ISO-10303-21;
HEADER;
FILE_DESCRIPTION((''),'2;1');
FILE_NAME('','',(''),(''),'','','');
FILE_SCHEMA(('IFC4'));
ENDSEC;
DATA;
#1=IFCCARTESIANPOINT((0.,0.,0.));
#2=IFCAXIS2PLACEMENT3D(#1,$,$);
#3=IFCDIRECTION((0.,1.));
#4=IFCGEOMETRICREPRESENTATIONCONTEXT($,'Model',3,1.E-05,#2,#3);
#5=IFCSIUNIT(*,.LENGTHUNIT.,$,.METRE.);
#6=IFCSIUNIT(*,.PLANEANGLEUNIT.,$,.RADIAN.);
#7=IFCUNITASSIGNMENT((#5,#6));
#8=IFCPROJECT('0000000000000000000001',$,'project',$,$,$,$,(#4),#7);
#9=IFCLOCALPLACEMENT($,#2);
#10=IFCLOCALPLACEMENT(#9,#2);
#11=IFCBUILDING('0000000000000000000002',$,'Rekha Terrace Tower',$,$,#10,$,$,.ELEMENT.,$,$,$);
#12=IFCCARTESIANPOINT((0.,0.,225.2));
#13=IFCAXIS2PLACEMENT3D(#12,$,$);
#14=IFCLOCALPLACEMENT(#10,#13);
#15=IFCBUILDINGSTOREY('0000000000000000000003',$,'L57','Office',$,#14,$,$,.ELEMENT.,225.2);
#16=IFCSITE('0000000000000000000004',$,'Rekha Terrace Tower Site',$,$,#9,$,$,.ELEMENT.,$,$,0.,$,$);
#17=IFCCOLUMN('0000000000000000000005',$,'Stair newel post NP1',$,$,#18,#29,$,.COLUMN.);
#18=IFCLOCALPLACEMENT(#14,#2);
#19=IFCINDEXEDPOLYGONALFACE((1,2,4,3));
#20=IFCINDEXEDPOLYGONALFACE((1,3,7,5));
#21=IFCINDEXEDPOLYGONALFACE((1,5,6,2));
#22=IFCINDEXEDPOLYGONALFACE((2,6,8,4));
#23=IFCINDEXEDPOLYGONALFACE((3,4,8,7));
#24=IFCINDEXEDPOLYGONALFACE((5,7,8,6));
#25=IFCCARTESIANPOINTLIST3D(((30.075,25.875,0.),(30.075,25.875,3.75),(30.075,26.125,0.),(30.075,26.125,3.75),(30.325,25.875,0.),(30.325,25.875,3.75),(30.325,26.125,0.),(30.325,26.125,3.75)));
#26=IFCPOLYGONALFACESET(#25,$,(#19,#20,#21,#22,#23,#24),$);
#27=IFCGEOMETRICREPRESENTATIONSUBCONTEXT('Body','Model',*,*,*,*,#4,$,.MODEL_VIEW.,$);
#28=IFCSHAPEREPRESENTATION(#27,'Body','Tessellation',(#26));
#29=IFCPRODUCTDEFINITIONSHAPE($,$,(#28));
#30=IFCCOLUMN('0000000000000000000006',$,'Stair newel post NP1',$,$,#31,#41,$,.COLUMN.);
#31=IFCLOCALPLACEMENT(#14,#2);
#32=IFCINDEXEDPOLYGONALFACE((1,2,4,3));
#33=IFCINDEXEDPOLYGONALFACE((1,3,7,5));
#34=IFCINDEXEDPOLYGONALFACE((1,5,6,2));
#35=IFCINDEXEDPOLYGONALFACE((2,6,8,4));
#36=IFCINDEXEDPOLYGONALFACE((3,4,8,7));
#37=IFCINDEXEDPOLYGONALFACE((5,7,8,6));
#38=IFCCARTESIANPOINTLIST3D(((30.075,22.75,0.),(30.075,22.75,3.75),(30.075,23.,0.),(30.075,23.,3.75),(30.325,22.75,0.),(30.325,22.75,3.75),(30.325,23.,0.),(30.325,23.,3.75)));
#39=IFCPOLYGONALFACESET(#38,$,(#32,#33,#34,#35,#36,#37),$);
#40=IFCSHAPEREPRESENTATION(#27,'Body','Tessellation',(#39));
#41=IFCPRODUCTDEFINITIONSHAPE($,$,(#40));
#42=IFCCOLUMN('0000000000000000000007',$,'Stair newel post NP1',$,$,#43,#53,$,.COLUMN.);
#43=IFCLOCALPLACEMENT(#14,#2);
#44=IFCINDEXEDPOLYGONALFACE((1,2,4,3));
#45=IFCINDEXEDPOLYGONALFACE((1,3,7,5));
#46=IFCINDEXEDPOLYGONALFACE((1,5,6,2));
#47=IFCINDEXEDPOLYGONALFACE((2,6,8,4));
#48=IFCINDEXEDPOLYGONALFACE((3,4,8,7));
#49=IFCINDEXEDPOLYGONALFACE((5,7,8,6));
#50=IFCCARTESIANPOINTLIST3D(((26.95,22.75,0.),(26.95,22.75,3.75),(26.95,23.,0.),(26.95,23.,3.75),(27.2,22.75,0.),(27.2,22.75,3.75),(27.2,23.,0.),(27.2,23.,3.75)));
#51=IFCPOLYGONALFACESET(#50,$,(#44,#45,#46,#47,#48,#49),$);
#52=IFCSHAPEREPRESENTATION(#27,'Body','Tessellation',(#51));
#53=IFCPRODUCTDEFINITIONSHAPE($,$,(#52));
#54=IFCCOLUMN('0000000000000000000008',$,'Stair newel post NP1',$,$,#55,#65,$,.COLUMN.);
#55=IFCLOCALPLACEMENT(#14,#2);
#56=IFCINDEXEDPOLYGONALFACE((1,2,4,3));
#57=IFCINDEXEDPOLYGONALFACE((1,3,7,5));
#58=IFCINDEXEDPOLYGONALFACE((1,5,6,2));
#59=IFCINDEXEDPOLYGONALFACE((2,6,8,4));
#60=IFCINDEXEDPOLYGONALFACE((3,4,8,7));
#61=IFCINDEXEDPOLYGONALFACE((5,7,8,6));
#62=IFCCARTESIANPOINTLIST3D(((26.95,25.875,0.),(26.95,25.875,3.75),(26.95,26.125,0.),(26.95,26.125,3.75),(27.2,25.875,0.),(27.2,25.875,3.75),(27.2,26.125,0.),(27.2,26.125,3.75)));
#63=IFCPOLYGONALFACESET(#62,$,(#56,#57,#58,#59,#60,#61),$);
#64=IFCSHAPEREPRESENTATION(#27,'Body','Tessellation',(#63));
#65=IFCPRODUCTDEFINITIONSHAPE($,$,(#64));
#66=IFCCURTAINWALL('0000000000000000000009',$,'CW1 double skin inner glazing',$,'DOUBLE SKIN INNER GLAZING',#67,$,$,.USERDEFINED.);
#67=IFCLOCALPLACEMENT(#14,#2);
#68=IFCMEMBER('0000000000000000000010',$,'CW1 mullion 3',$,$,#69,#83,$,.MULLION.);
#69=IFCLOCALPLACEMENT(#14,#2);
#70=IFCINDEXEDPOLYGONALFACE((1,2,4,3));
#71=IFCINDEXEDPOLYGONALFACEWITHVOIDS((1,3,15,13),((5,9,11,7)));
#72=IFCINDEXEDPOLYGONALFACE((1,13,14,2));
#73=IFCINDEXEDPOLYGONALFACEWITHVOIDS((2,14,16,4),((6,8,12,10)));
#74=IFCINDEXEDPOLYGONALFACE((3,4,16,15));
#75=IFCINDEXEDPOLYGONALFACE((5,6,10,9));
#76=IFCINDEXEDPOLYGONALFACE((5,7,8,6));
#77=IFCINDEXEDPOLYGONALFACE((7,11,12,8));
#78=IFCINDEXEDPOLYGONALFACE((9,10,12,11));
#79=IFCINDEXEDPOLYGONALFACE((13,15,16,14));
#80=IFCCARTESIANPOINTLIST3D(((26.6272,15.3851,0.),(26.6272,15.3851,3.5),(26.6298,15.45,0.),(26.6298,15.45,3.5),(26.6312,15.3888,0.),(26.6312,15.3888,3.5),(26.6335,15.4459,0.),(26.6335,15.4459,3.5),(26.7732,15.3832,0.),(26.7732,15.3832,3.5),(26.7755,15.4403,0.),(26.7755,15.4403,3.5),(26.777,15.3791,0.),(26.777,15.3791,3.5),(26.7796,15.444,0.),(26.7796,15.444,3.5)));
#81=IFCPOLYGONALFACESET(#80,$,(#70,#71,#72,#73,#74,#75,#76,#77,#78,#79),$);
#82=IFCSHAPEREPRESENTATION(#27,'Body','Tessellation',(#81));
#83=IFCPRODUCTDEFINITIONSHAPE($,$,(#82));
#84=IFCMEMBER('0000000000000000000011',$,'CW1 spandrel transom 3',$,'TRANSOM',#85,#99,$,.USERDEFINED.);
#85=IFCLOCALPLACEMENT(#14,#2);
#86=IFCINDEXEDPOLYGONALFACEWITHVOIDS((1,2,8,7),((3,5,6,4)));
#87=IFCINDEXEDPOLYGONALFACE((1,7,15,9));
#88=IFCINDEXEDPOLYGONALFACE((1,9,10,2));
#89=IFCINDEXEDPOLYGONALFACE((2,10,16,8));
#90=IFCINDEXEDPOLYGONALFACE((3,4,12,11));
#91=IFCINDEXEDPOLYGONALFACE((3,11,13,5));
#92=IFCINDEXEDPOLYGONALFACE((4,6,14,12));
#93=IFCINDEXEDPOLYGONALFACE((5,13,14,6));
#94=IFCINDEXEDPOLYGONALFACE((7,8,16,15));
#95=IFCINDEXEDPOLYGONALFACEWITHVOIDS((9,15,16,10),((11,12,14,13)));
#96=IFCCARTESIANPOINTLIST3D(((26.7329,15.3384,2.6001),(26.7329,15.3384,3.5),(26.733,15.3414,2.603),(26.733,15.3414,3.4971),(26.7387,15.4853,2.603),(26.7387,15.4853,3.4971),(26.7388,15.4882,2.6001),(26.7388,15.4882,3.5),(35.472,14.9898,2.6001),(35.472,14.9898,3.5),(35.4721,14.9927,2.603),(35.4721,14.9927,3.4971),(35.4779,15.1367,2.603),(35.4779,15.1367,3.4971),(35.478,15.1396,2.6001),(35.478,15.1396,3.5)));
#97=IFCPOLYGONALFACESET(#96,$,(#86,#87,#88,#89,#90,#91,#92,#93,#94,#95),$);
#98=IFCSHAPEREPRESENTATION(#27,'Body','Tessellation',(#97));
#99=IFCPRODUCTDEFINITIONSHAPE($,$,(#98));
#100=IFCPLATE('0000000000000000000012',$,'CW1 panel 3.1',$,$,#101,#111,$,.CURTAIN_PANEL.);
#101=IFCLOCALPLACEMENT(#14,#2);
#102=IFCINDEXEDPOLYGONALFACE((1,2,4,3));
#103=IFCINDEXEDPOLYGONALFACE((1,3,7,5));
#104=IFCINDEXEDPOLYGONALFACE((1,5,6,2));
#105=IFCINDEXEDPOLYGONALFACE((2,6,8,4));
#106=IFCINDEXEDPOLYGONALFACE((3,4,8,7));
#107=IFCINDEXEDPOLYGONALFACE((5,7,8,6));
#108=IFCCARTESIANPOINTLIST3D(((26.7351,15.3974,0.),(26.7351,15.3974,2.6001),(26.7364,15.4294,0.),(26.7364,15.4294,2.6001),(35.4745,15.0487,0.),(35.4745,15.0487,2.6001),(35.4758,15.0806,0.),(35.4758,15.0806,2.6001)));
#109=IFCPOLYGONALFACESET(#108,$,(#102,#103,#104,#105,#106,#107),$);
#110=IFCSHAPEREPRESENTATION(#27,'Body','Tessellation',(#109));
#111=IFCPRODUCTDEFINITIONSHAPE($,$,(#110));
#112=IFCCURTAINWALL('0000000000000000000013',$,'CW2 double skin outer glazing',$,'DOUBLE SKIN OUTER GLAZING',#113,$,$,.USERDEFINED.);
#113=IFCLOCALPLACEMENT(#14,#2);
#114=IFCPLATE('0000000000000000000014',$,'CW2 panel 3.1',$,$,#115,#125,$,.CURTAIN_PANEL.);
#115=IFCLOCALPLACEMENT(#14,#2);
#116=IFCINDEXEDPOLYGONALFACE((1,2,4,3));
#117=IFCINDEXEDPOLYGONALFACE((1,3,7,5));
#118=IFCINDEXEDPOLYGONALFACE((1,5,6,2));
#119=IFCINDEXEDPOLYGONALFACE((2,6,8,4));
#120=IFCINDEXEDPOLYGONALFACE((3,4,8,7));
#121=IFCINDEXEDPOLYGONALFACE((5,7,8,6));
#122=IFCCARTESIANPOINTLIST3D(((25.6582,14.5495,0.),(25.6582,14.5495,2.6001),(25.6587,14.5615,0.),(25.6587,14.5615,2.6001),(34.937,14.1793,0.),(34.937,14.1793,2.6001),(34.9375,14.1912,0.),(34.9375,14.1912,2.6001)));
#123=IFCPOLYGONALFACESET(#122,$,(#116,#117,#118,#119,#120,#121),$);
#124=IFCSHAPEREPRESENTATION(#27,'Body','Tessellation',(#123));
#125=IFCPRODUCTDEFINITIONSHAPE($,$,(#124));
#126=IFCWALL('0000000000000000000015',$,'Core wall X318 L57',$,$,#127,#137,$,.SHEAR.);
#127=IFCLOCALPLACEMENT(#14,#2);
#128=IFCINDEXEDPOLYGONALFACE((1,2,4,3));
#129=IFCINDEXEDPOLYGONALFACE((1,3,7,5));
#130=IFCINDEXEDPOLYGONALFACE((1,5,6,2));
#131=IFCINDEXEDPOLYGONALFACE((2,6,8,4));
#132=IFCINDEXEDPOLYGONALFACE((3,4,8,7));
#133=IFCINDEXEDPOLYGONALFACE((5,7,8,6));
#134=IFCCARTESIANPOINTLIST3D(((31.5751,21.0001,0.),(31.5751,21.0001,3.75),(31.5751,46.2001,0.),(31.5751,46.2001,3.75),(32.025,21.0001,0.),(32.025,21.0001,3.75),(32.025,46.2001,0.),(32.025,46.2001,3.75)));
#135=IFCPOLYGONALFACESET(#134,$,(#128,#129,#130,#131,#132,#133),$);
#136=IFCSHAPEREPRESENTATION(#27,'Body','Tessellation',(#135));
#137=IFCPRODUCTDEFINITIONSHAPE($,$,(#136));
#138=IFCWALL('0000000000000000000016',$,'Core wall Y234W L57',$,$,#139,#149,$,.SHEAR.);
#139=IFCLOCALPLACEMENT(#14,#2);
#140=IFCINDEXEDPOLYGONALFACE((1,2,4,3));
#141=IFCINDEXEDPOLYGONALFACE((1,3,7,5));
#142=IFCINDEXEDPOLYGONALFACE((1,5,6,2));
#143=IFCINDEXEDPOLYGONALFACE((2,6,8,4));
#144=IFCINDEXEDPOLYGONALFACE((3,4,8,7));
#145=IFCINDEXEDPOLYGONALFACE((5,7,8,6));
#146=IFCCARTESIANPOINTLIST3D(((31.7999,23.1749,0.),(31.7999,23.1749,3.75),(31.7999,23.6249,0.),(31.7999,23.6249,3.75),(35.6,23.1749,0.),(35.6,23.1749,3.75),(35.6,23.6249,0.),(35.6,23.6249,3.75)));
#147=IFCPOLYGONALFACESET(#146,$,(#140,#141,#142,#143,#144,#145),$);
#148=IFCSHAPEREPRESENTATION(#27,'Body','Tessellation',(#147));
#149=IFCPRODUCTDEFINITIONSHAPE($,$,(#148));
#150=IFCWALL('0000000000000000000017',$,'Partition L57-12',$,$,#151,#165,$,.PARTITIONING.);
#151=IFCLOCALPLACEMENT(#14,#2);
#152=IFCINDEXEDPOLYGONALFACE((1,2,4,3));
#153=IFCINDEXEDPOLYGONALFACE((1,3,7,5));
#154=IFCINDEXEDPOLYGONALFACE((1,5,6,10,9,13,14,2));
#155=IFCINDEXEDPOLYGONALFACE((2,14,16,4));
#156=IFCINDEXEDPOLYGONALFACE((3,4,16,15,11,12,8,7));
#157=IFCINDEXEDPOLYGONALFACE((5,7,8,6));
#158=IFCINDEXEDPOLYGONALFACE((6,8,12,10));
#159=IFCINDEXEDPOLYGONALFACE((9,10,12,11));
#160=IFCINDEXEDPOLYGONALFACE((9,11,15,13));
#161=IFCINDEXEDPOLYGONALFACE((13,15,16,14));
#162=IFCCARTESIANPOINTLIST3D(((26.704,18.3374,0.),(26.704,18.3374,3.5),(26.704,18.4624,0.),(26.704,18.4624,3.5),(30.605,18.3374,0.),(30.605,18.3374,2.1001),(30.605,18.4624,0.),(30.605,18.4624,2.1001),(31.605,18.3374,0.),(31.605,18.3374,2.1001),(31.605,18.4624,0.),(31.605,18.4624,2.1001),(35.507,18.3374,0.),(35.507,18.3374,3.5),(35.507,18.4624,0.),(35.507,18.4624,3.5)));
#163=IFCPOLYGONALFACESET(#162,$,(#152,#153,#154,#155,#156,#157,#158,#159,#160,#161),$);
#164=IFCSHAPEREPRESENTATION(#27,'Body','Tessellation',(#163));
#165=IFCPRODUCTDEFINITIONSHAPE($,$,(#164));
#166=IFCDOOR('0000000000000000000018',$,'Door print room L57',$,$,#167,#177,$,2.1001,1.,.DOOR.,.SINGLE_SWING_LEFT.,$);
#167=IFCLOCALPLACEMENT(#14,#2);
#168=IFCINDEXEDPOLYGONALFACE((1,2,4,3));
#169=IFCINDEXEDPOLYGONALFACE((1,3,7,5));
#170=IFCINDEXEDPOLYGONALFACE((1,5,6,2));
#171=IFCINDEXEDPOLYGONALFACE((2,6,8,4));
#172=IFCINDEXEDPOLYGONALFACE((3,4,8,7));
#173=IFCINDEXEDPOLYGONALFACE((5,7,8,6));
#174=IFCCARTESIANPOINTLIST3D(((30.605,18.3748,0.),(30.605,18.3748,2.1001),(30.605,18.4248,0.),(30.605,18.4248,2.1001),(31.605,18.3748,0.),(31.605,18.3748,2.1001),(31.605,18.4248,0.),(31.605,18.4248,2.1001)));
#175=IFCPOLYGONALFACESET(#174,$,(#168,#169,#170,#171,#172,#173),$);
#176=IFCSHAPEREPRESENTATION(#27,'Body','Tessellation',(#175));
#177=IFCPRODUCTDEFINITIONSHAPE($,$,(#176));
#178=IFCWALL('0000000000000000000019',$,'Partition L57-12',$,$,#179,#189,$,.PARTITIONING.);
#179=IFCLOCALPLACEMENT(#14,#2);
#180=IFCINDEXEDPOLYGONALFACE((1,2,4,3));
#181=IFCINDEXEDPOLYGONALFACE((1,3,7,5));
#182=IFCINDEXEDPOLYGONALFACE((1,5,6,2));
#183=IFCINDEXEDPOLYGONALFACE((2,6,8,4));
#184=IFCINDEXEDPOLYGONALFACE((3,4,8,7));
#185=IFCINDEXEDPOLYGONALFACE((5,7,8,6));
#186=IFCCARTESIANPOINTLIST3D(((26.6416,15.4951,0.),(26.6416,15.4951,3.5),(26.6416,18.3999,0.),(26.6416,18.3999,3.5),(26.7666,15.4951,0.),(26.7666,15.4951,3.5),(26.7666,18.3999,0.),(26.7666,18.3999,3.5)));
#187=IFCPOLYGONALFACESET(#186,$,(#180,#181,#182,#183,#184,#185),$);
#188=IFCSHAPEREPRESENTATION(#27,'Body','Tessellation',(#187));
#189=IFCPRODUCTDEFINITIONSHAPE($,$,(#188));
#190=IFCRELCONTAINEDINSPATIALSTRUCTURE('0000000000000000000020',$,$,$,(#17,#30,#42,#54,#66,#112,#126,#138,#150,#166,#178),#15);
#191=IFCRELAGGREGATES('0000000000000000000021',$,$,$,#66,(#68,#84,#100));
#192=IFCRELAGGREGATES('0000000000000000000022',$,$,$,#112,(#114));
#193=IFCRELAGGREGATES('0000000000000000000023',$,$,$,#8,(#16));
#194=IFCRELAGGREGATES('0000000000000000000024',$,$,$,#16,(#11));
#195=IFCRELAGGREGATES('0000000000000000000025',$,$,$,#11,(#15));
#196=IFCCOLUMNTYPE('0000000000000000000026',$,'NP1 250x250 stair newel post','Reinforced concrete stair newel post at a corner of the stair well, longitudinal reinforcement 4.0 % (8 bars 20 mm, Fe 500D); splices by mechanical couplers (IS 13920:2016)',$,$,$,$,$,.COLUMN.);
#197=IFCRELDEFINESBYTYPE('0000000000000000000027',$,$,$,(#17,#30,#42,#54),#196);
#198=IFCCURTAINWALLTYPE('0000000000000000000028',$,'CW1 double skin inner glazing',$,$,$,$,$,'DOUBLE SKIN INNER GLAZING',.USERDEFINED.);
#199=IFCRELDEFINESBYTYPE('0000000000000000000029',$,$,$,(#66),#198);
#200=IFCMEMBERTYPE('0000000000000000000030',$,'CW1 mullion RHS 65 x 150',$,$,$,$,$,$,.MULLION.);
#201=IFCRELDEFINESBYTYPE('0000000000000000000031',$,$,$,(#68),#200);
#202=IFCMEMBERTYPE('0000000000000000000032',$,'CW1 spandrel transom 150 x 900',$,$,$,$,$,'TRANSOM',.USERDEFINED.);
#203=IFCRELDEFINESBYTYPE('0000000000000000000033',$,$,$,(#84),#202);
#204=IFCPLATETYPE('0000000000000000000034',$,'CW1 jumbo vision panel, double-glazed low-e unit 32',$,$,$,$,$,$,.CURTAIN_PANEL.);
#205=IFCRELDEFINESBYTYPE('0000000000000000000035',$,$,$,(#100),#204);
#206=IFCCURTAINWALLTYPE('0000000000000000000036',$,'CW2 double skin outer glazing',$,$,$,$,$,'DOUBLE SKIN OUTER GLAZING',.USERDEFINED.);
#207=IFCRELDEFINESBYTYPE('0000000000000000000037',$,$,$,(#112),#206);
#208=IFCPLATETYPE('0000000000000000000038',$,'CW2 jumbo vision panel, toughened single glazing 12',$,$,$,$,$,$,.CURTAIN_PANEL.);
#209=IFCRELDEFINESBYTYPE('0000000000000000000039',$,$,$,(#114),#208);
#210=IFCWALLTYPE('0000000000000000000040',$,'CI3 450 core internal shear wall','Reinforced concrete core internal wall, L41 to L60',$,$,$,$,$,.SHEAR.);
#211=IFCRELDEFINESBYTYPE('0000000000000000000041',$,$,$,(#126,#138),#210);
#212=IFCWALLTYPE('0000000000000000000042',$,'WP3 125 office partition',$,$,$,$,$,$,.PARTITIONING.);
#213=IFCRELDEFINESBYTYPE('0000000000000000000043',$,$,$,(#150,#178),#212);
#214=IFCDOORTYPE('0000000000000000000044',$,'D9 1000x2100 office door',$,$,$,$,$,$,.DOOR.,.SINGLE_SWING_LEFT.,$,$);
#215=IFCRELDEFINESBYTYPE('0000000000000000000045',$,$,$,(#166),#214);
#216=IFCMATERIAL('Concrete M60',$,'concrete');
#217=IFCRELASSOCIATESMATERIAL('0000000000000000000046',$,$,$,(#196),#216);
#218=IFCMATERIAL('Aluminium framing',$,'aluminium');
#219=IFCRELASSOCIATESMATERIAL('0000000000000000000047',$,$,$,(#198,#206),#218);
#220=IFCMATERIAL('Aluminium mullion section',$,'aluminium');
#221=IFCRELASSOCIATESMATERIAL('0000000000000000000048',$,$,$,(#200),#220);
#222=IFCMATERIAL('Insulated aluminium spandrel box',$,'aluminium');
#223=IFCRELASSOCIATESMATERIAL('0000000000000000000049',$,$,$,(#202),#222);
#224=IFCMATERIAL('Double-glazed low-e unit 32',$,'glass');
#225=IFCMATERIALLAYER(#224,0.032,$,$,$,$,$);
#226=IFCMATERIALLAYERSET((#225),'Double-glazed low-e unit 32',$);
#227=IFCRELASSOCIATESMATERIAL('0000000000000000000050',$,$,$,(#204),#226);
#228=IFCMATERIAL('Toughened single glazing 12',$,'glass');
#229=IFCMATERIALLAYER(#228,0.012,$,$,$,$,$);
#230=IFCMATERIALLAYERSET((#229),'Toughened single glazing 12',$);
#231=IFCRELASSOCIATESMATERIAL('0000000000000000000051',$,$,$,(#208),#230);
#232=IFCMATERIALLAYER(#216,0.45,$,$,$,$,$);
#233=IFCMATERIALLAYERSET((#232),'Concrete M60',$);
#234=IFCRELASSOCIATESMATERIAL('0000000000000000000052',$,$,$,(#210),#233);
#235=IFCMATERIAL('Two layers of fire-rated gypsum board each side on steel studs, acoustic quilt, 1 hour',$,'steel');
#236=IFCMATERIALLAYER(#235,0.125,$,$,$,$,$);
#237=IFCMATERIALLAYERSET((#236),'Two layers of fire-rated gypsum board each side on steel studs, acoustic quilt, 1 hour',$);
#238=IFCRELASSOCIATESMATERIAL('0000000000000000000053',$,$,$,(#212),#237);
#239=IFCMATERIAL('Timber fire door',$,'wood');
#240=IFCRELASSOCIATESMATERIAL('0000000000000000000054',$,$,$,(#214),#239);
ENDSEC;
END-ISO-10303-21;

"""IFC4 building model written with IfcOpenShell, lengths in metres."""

from ifc_helpers import new_model, si_unit, direction, frame, frame_2d, origin, origin_2d, place, context, subcontext, project, spatial, rectangle, hollow_rectangle, extrude, material, layer, layer_set, material_profile, profile_set, type_object, element, fill, aggregate, save


model = new_model("IFC4")

# Units and contexts
model_context = context("Model", 3, precision=1e-05, world=origin(), true_north=direction((0.0, 1.0)))
body_context = subcontext(model_context, "Body", "Model", "MODEL_VIEW")
ifc_project = project(units=[si_unit("LENGTHUNIT", "METRE"), si_unit("PLANEANGLEUNIT", "RADIAN")], contexts=[model_context])

# Site, building, storey
site_placement = place(None, origin())
site = spatial("IfcSite", under=ifc_project, at=site_placement, Name="Rekha Terrace Tower Site", CompositionType="ELEMENT", RefElevation=0.0)
building_placement = place(site_placement, origin())
building = spatial("IfcBuilding", under=site, at=building_placement, Name="Rekha Terrace Tower", CompositionType="ELEMENT")
storey_placement = place(building_placement, frame((0.0, 0.0, 225.2)))
storey = spatial("IfcBuildingStorey", under=building, at=storey_placement, Name="L57", Description="Office", CompositionType="ELEMENT", Elevation=225.2)

# Columns
ifc_material_1 = material(Name="Concrete M60", Category="concrete")
ifc_material_profile_1 = material_profile(ifc_material_1, rectangle(XDim=0.25, YDim=0.25, at=origin_2d()), Name="RC 250x250")
ifc_profile_set_1 = profile_set([ifc_material_profile_1], Name="Concrete M60")
column_type = type_object("IfcColumnType", Name="NP1 250x250 stair newel post", Description="Reinforced concrete stair newel post at a corner of the stair well, longitudinal reinforcement 4.0 % (8 bars 20 mm, Fe 500D); splices by mechanical couplers (IS 13920:2016)", PredefinedType="COLUMN", material=ifc_profile_set_1)
for number, where, z_axis, x_axis, name in (
    (1, (30.2, 26.0, 0.0), (0.0, 0.0, 1.0), (1.0, 0.0, 0.0), "Stair newel post NP1"),
    (2, (30.2, 22.875, 0.0), (0.0, 0.0, 1.0), (1.0, 0.0, 0.0), "Stair newel post NP1"),
    (3, (27.075, 22.875, 0.0), (0.0, 0.0, 1.0), (1.0, 0.0, 0.0), "Stair newel post NP1"),
    (4, (27.075, 26.0, 0.0), (0.0, 0.0, 1.0), (1.0, 0.0, 0.0), "Stair newel post NP1"),
):
    element("IfcColumn", number, at=place(storey_placement, frame(where, z_axis=z_axis, x_axis=x_axis)), inside=storey, type_object=column_type, Name=name, PredefinedType="COLUMN", context=body_context, shape_type="SweptSolid", body=[
        extrude(rectangle(XDim=0.25, YDim=0.25, at=origin_2d()), origin(), (0.0, 0.0, 1.0), 3.75),
    ])

# Curtain wall, members, plate
ifc_material_2 = material(Name="Aluminium framing", Category="aluminium")
curtain_wall_type_1 = type_object("IfcCurtainWallType", Name="CW1 double skin inner glazing", ElementType="DOUBLE SKIN INNER GLAZING", PredefinedType="USERDEFINED", material=ifc_material_2)
curtain_wall_1_placement = place(storey_placement, origin())
curtain_wall_1 = element("IfcCurtainWall", 5, at=curtain_wall_1_placement, inside=storey, type_object=curtain_wall_type_1, Name="CW1 double skin inner glazing", ObjectType="DOUBLE SKIN INNER GLAZING", PredefinedType="USERDEFINED")
ifc_material_3 = material(Name="Aluminium mullion section", Category="aluminium")
ifc_material_profile_2 = material_profile(ifc_material_3, hollow_rectangle(XDim=0.0649, YDim=0.1499, WallThickness=0.0039, at=origin_2d()), Name="AL RHS 65x150")
ifc_profile_set_2 = profile_set([ifc_material_profile_2], Name="Aluminium mullion section")
member_type_1 = type_object("IfcMemberType", Name="CW1 mullion RHS 65 x 150", PredefinedType="MULLION", material=ifc_profile_set_2)
member_1_placement = place(storey_placement, frame((26.7034, 15.4146, 0.0), z_axis=(0.0, 0.0, 1.0), x_axis=(0.039872, 0.999205, 0.0)))
member_1 = element("IfcMember", 6, at=member_1_placement, type_object=member_type_1, Name="CW1 mullion 3", PredefinedType="MULLION", context=body_context, shape_type="SweptSolid", body=[
    extrude(hollow_rectangle(XDim=0.0649, YDim=0.1499, WallThickness=0.0039, at=origin_2d()), origin(), (0.0, 0.0, 1.0), 3.5),
])
ifc_material_4 = material(Name="Insulated aluminium spandrel box", Category="aluminium")
ifc_material_profile_3 = material_profile(ifc_material_4, hollow_rectangle(XDim=0.1499, YDim=0.8999, WallThickness=0.0029, at=origin_2d()), Name="AL SPANDREL BOX 150x900")
ifc_profile_set_3 = profile_set([ifc_material_profile_3], Name="Insulated aluminium spandrel box")
member_type_2 = type_object("IfcMemberType", Name="CW1 spandrel transom 150 x 900", ElementType="TRANSOM", PredefinedType="USERDEFINED", material=ifc_profile_set_3)
member_2_placement = place(storey_placement, frame((26.7358, 15.4133, 3.05), z_axis=(0.999205, -0.039861, 0.0), x_axis=(0.039861, 0.999205, 0.0)))
member_2 = element("IfcMember", 7, at=member_2_placement, type_object=member_type_2, Name="CW1 spandrel transom 3", ObjectType="TRANSOM", PredefinedType="USERDEFINED", context=body_context, shape_type="SweptSolid", body=[
    extrude(hollow_rectangle(XDim=0.1499, YDim=0.8999, WallThickness=0.0029, at=origin_2d()), origin(), (0.0, 0.0, 1.0), 8.7461),
])
ifc_material_5 = material(Name="Double-glazed low-e unit 32", Category="glass")
ifc_layer_1 = layer(ifc_material_5, 0.032)
ifc_layer_set_1 = layer_set([ifc_layer_1], Name="Double-glazed low-e unit 32")
plate_type_1 = type_object("IfcPlateType", Name="CW1 jumbo vision panel, double-glazed low-e unit 32", PredefinedType="CURTAIN_PANEL", material=ifc_layer_set_1)
plate_1_placement = place(storey_placement, frame((31.1055, 15.239, 0.0), z_axis=(0.0, 0.0, 1.0), x_axis=(0.999205, -0.039872, 0.0)))
plate_1 = element("IfcPlate", 8, at=plate_1_placement, type_object=plate_type_1, Name="CW1 panel 3.1", PredefinedType="CURTAIN_PANEL", context=body_context, shape_type="SweptSolid", body=[
    extrude(rectangle(XDim=8.7463, YDim=0.032, at=origin_2d()), origin(), (0.0, 0.0, 1.0), 2.6001),
])
aggregate(curtain_wall_1, [member_1, member_2, plate_1])

# Curtain wall, plate
curtain_wall_type_2 = type_object("IfcCurtainWallType", Name="CW2 double skin outer glazing", ElementType="DOUBLE SKIN OUTER GLAZING", PredefinedType="USERDEFINED", material=ifc_material_2)
curtain_wall_2_placement = place(storey_placement, origin())
curtain_wall_2 = element("IfcCurtainWall", 9, at=curtain_wall_2_placement, inside=storey, type_object=curtain_wall_type_2, Name="CW2 double skin outer glazing", ObjectType="DOUBLE SKIN OUTER GLAZING", PredefinedType="USERDEFINED")
ifc_material_6 = material(Name="Toughened single glazing 12", Category="glass")
ifc_layer_2 = layer(ifc_material_6, 0.012)
ifc_layer_set_2 = layer_set([ifc_layer_2], Name="Toughened single glazing 12")
plate_type_2 = type_object("IfcPlateType", Name="CW2 jumbo vision panel, toughened single glazing 12", PredefinedType="CURTAIN_PANEL", material=ifc_layer_set_2)
plate_2_placement = place(storey_placement, frame((30.2979, 14.3704, 0.0), z_axis=(0.0, 0.0, 1.0), x_axis=(0.999205, -0.039872, 0.0)))
plate_2 = element("IfcPlate", 10, at=plate_2_placement, type_object=plate_type_2, Name="CW2 panel 3.1", PredefinedType="CURTAIN_PANEL", context=body_context, shape_type="SweptSolid", body=[
    extrude(rectangle(XDim=9.2861, YDim=0.012, at=origin_2d()), origin(), (0.0, 0.0, 1.0), 2.6001),
])
aggregate(curtain_wall_2, [plate_2])

# Walls
ifc_layer_3 = layer(ifc_material_1, 0.45)
ifc_layer_set_3 = layer_set([ifc_layer_3], Name="Concrete M60")
wall_type_1 = type_object("IfcWallType", Name="CI3 450 core internal shear wall", Description="Reinforced concrete core internal wall, L41 to L60", PredefinedType="SHEAR", material=ifc_layer_set_3)
wall_1_placement = place(storey_placement, frame((31.8, 21.0, 0.0), z_axis=(0.0, 0.0, 1.0), x_axis=(0.0, 1.0, 0.0)))
element("IfcWall", 11, at=wall_1_placement, inside=storey, type_object=wall_type_1, Name="Core wall X318 L57", PredefinedType="SHEAR", context=body_context, shape_type="SweptSolid", body=[
    extrude(rectangle(XDim=25.2, YDim=0.45, at=frame_2d((12.6001, 0.0))), origin(), (0.0, 0.0, 1.0), 3.75),
])
wall_2_placement = place(storey_placement, frame((31.8, 23.3999, 0.0), z_axis=(0.0, 0.0, 1.0), x_axis=(1.0, 0.0, 0.0)))
element("IfcWall", 12, at=wall_2_placement, inside=storey, type_object=wall_type_1, Name="Core wall Y234W L57", PredefinedType="SHEAR", context=body_context, shape_type="SweptSolid", body=[
    extrude(rectangle(XDim=3.8, YDim=0.45, at=frame_2d((1.8999, 0.0))), origin(), (0.0, 0.0, 1.0), 3.75),
])

# Wall, opening, door
ifc_material_7 = material(Name="Two layers of fire-rated gypsum board each side on steel studs, acoustic quilt, 1 hour", Category="steel")
ifc_layer_4 = layer(ifc_material_7, 0.125)
ifc_layer_set_4 = layer_set([ifc_layer_4], Name="Two layers of fire-rated gypsum board each side on steel studs, acoustic quilt, 1 hour")
wall_type_2 = type_object("IfcWallType", Name="WP3 125 office partition", PredefinedType="PARTITIONING", material=ifc_layer_set_4)
wall_3_placement = place(storey_placement, frame((26.7041, 18.3999, 0.0), z_axis=(0.0, 0.0, 1.0), x_axis=(1.0, 0.0, 0.0)))
wall_3 = element("IfcWall", 13, at=wall_3_placement, inside=storey, type_object=wall_type_2, Name="Partition L57-12", PredefinedType="PARTITIONING", context=body_context, shape_type="SweptSolid", body=[
    extrude(rectangle(XDim=8.803, YDim=0.125, at=frame_2d((4.4014, 0.0))), origin(), (0.0, 0.0, 1.0), 3.5),
])
opening_placement = place(wall_3_placement, frame((3.9009, 0.0, 0.0)))
opening = element("IfcOpeningElement", 14, at=opening_placement, cuts=wall_3, PredefinedType="OPENING", context=body_context, shape_type="SweptSolid", body=[
    extrude(rectangle(XDim=1.0, YDim=2.1001, at=frame_2d((0.5, 1.05))), frame((0.0, 0.0725, 0.0), z_axis=(0.0, -1.0, 0.0), x_axis=(1.0, 0.0, 0.0)), (0.0, 0.0, 1.0), 0.145),
])
ifc_material_8 = material(Name="Timber fire door", Category="wood")
door_type = type_object("IfcDoorType", Name="D9 1000x2100 office door", OperationType="SINGLE_SWING_LEFT", PredefinedType="DOOR", material=ifc_material_8)
door_placement = place(opening_placement, origin())
door = element("IfcDoor", 15, at=door_placement, inside=storey, type_object=door_type, Name="Door print room L57", OperationType="SINGLE_SWING_LEFT", OverallHeight=2.1001, OverallWidth=1.0, PredefinedType="DOOR", context=body_context, shape_type="SweptSolid", body=[
    extrude(rectangle(XDim=1.0, YDim=2.1001, at=frame_2d((0.5, 1.05))), frame((0.0, 0.0249, 0.0), z_axis=(0.0, -1.0, 0.0), x_axis=(1.0, 0.0, 0.0)), (0.0, 0.0, 1.0), 0.05),
])
fill(opening, door)

# Wall
wall_4_placement = place(storey_placement, frame((26.7041, 15.4951, 0.0), z_axis=(0.0, 0.0, 1.0), x_axis=(0.0, 1.0, 0.0)))
element("IfcWall", 16, at=wall_4_placement, inside=storey, type_object=wall_type_2, Name="Partition L57-12", PredefinedType="PARTITIONING", context=body_context, shape_type="SweptSolid", body=[
    extrude(rectangle(XDim=2.9048, YDim=0.125, at=frame_2d((1.4524, 0.0))), origin(), (0.0, 0.0, 1.0), 3.5),
])

save(model, "model.ifc")
